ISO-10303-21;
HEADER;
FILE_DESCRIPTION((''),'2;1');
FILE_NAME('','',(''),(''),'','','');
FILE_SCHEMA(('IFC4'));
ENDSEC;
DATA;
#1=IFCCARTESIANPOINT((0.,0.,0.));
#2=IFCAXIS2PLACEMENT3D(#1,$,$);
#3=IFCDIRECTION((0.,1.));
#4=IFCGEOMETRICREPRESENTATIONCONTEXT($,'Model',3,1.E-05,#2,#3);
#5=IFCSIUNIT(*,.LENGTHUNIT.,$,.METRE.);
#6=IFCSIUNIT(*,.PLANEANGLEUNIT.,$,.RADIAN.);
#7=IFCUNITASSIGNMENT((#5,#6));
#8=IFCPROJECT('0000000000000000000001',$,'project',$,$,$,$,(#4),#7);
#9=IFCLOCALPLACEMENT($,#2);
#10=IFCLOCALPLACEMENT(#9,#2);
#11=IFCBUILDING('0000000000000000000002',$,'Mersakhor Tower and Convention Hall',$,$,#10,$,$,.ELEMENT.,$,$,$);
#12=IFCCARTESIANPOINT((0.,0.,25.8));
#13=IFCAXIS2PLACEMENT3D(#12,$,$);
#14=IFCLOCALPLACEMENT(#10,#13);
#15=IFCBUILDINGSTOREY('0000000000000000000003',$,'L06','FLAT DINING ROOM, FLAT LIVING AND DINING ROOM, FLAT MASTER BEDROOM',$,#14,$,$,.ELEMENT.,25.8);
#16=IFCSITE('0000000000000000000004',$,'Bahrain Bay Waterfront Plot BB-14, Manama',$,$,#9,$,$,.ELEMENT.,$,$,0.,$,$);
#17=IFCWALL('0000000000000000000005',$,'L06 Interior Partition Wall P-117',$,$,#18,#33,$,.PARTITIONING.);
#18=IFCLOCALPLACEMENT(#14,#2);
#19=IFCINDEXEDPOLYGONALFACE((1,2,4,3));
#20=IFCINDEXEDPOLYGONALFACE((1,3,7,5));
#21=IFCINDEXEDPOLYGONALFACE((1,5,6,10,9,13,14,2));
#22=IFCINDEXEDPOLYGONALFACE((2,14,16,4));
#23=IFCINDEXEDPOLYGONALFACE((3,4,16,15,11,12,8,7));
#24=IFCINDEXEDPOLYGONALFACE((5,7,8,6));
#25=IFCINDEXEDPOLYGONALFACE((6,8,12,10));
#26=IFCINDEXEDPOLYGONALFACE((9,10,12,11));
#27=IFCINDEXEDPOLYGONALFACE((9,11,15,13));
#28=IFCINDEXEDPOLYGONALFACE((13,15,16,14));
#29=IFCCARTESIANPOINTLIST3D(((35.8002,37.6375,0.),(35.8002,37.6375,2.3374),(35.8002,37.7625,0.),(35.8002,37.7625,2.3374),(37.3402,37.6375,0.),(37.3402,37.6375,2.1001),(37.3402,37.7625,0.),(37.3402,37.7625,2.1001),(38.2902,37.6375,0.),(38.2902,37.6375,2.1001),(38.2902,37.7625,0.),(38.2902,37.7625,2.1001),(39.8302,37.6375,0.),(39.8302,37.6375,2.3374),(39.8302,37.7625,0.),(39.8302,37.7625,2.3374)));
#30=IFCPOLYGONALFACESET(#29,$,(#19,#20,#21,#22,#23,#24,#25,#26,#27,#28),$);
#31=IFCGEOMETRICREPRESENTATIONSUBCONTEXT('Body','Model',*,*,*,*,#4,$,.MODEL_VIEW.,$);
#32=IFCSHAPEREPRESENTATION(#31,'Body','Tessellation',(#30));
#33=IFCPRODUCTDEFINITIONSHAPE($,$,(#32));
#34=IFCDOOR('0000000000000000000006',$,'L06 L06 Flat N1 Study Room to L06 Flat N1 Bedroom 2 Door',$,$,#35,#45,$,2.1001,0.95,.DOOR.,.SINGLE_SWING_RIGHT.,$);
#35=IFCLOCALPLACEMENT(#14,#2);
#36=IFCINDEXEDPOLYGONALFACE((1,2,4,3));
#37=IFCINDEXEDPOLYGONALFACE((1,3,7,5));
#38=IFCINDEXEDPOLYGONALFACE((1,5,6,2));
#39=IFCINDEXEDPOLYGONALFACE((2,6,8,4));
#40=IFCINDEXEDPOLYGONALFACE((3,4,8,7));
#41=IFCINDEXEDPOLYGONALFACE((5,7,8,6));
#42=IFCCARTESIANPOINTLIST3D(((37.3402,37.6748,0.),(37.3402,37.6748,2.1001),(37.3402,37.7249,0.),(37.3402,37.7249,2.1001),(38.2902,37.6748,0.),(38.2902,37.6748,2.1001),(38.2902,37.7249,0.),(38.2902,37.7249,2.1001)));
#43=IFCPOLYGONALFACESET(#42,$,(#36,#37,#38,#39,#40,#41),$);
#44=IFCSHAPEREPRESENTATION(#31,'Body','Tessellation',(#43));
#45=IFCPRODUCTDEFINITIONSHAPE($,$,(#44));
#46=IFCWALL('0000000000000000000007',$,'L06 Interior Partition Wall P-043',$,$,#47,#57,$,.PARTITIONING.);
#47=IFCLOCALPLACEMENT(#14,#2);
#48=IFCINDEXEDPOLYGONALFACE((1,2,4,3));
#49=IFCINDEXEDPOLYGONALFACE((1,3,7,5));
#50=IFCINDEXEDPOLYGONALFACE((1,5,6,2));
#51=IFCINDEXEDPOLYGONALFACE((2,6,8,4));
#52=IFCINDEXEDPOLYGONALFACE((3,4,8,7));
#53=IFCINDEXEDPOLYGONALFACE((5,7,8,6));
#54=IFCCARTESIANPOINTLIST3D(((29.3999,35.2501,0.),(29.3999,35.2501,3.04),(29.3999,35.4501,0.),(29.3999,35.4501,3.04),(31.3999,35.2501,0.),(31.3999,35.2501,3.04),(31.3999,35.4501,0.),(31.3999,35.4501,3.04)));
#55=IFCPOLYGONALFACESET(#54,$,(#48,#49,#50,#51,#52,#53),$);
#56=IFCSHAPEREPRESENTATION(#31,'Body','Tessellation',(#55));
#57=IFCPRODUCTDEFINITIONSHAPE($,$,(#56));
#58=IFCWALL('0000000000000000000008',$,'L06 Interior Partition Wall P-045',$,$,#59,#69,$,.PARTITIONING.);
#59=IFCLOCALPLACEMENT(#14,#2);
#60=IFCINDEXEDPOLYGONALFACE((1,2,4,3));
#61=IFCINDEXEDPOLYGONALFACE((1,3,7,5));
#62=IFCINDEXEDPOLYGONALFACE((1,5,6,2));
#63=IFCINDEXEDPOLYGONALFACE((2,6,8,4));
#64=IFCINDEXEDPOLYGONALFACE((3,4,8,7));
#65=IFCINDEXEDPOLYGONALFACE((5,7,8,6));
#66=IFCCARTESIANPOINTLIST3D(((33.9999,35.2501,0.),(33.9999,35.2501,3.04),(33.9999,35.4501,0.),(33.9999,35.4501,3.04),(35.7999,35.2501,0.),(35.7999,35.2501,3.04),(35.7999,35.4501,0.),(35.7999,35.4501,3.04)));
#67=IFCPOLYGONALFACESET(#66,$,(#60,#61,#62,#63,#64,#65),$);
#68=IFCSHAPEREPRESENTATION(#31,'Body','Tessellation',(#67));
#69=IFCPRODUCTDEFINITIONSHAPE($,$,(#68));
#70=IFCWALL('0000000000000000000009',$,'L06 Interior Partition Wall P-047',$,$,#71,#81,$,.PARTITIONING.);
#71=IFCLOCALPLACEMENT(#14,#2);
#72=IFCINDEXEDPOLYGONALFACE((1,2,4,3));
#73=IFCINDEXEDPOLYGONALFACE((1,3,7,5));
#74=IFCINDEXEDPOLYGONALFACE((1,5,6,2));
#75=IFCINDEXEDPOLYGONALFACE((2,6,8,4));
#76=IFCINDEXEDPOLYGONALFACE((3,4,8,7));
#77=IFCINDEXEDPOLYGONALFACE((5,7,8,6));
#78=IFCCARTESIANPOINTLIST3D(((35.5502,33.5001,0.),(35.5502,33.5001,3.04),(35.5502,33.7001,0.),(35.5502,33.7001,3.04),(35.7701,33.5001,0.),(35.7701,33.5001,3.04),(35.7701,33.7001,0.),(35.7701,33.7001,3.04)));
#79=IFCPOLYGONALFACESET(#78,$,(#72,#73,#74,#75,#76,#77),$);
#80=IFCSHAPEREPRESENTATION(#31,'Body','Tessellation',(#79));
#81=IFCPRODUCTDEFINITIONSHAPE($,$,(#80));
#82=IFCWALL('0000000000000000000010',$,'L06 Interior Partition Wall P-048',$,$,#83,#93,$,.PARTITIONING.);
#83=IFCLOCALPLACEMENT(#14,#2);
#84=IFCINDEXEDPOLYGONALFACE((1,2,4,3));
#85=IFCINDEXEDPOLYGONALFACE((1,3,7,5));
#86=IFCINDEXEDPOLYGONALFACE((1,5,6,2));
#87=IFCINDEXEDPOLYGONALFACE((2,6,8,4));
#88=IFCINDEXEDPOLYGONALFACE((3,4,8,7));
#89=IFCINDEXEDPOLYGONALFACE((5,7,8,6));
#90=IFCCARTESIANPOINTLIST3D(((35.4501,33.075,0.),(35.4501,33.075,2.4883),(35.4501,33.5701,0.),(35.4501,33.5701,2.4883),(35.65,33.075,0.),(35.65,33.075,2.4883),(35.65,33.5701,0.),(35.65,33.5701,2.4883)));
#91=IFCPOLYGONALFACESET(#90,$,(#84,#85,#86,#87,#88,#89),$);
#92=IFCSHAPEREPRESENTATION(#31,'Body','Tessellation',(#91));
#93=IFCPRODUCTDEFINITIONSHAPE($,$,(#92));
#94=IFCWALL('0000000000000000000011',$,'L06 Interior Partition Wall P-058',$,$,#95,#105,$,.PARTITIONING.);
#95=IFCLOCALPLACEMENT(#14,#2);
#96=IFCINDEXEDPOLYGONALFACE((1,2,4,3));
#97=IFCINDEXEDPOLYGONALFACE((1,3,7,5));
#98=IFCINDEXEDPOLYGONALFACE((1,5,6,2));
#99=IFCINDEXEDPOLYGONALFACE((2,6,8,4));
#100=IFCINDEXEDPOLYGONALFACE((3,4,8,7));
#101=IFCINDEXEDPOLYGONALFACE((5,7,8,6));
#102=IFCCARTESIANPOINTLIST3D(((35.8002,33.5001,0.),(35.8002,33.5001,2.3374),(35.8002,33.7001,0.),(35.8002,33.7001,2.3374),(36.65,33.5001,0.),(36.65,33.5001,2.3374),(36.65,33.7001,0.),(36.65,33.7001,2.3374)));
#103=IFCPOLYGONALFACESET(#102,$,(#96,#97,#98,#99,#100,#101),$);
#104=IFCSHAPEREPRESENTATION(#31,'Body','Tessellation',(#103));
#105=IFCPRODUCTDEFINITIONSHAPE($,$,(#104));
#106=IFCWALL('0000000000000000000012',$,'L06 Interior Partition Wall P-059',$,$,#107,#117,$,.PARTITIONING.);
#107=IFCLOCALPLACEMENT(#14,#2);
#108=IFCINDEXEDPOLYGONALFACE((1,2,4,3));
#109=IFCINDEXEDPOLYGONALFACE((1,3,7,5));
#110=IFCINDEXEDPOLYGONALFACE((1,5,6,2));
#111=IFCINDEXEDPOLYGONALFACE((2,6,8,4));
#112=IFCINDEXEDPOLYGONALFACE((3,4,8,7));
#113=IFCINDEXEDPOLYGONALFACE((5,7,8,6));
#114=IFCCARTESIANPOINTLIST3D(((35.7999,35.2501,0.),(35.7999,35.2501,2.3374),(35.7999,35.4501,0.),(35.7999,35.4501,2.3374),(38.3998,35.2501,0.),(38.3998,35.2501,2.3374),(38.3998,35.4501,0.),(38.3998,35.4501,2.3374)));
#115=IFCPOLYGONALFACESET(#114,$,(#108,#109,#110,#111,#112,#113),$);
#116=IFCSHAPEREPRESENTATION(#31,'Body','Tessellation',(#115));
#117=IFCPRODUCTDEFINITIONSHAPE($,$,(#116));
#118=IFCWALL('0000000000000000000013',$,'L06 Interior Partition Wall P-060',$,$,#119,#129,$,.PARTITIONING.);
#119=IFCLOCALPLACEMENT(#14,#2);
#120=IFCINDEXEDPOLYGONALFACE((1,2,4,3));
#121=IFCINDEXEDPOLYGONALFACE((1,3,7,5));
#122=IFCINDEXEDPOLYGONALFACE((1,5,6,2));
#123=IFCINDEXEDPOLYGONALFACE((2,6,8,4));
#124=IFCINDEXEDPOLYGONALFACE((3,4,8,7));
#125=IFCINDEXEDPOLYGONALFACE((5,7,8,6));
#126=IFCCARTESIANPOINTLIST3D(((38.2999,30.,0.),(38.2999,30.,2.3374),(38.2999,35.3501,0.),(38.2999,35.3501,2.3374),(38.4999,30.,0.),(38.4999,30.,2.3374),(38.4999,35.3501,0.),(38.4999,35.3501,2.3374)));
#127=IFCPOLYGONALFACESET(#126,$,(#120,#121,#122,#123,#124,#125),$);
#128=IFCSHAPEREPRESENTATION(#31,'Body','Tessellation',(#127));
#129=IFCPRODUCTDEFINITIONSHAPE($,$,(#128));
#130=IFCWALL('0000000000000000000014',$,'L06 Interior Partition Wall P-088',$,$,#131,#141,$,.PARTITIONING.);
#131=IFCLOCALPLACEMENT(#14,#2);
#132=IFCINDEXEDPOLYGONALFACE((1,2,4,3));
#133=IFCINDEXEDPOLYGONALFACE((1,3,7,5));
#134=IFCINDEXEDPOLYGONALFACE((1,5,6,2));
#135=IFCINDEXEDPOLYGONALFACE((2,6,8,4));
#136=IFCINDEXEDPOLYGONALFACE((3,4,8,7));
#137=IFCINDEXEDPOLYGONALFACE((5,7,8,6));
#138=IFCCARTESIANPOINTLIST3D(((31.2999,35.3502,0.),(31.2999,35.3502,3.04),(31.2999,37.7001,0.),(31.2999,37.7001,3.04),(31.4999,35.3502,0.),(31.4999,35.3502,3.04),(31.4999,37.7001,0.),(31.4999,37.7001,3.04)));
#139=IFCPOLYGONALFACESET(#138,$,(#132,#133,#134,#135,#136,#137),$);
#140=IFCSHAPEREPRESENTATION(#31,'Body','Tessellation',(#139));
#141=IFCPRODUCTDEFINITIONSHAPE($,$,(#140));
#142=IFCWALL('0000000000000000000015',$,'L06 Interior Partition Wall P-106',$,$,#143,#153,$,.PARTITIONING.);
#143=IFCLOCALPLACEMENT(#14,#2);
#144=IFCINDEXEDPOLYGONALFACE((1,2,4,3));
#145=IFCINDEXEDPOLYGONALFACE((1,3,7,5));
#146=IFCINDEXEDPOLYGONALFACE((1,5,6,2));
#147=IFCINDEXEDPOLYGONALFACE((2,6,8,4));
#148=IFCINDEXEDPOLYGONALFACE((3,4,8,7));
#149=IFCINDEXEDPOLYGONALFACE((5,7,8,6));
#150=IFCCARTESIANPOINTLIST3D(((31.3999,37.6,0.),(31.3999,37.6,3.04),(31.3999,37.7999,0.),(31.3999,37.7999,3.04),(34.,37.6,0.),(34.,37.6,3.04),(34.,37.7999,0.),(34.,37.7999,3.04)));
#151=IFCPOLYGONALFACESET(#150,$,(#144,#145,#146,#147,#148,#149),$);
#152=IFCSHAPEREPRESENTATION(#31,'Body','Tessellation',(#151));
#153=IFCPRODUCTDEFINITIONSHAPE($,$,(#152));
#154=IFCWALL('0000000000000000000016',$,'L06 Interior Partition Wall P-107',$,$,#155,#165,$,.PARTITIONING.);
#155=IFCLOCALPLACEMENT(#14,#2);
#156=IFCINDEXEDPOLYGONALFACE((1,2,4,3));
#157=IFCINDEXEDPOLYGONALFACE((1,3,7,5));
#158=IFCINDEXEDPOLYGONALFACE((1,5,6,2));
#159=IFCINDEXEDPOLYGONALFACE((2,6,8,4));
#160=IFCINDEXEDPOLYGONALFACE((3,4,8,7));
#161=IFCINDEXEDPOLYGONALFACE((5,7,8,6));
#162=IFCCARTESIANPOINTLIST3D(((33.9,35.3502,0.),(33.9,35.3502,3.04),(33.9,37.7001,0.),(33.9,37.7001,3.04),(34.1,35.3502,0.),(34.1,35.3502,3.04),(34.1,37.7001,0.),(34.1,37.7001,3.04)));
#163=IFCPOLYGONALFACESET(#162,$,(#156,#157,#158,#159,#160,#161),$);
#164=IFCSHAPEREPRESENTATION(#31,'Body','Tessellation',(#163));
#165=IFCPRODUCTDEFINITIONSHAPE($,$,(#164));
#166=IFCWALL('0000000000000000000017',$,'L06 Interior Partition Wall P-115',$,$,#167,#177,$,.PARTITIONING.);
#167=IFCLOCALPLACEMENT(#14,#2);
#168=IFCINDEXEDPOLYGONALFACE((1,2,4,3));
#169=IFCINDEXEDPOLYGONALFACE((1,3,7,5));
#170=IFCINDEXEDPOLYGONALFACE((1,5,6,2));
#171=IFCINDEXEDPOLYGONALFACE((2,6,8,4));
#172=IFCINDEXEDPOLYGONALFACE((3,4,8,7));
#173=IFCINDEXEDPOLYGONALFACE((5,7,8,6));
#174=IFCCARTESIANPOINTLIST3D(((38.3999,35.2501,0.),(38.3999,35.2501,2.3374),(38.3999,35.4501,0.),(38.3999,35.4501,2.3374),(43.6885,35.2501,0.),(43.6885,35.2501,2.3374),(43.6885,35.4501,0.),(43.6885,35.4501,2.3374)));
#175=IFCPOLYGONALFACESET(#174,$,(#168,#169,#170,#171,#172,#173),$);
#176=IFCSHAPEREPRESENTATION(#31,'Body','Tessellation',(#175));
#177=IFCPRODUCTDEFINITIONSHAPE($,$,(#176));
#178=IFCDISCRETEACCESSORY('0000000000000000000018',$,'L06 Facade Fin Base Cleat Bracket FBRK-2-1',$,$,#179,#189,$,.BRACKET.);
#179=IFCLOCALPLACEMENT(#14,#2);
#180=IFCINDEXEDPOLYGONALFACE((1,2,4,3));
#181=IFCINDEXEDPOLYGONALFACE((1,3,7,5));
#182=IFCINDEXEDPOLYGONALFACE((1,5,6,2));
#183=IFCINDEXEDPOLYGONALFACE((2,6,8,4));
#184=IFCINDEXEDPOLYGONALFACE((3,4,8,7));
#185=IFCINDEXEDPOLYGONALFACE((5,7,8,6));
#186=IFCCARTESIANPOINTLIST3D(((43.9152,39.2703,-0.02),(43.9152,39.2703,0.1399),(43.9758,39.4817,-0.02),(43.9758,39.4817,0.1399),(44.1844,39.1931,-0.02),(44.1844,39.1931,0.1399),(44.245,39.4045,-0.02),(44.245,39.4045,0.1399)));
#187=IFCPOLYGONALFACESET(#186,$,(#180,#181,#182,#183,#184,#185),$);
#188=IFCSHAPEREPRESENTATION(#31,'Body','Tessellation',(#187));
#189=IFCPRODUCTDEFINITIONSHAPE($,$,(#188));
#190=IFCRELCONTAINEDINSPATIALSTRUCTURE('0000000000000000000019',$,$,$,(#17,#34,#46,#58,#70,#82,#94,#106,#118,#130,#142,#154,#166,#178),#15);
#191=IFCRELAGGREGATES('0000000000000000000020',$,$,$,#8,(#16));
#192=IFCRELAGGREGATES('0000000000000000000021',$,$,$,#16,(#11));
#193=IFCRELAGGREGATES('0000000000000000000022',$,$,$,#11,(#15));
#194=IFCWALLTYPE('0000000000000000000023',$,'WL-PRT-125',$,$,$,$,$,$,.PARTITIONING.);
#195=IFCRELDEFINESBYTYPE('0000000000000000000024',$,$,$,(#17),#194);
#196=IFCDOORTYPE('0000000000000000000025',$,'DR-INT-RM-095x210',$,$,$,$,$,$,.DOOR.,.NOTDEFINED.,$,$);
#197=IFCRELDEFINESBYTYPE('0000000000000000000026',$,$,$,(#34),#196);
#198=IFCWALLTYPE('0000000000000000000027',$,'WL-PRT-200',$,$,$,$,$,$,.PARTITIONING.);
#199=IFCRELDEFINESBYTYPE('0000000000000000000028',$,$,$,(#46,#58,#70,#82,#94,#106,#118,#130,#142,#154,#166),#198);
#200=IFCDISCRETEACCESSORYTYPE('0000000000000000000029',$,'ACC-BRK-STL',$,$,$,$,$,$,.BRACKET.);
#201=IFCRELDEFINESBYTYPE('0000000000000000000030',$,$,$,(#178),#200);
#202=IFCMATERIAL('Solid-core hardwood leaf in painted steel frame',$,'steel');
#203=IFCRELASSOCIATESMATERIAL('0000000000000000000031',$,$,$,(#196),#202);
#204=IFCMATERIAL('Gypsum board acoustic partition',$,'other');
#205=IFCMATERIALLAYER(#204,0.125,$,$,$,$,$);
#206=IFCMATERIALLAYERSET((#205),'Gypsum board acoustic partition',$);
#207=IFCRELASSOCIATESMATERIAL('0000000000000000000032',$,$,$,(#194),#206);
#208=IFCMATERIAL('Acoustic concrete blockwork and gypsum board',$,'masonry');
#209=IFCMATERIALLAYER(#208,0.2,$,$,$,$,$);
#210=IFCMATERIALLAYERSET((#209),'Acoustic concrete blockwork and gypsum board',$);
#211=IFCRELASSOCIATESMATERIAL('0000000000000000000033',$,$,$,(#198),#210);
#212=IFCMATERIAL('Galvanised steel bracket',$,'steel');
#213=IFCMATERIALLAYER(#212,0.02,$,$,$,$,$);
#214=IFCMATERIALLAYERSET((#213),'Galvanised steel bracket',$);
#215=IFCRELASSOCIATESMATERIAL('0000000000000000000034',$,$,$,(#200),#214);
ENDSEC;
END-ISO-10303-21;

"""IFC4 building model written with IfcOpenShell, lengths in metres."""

from ifc_helpers import new_model, si_unit, direction, frame, frame_2d, origin, origin_2d, place, context, subcontext, project, spatial, rectangle, extrude, material, layer, layer_set, type_object, element, fill, save


model = new_model("IFC4")

# Units and contexts
model_context = context("Model", 3, precision=1e-05, world=origin(), true_north=direction((0.0, 1.0)))
body_context = subcontext(model_context, "Body", "Model", "MODEL_VIEW")
ifc_project = project(units=[si_unit("LENGTHUNIT", "METRE"), si_unit("PLANEANGLEUNIT", "RADIAN")], contexts=[model_context])

# Site, building, storey
site_placement = place(None, origin())
site = spatial("IfcSite", under=ifc_project, at=site_placement, Name="Bahrain Bay Waterfront Plot BB-14, Manama", CompositionType="ELEMENT", RefElevation=0.0)
building_placement = place(site_placement, origin())
building = spatial("IfcBuilding", under=site, at=building_placement, Name="Mersakhor Tower and Convention Hall", CompositionType="ELEMENT")
storey_placement = place(building_placement, frame((0.0, 0.0, 25.8)))
storey = spatial("IfcBuildingStorey", under=building, at=storey_placement, Name="L06", Description="FLAT DINING ROOM, FLAT LIVING AND DINING ROOM, FLAT MASTER BEDROOM", CompositionType="ELEMENT", Elevation=25.8)

# Shared definitions
ifc_material_1 = material(Name="Solid-core hardwood leaf in painted steel frame", Category="steel")
door_type_1 = type_object("IfcDoorType", Name="DR-INT-RM-095x210", OperationType="NOTDEFINED", PredefinedType="DOOR", material=ifc_material_1)

# Wall, opening, door
ifc_material_2 = material(Name="Gypsum board acoustic partition", Category="other")
ifc_layer_1 = layer(ifc_material_2, 0.125)
ifc_layer_set_1 = layer_set([ifc_layer_1], Name="Gypsum board acoustic partition")
wall_type_1 = type_object("IfcWallType", Name="WL-PRT-125", PredefinedType="PARTITIONING", material=ifc_layer_set_1)
wall_1_placement = place(storey_placement, frame((35.8, 37.7, 0.0), z_axis=(0.0, 0.0, 1.0), x_axis=(1.0, 0.0, 0.0)))
wall_1 = element("IfcWall", 1, at=wall_1_placement, inside=storey, type_object=wall_type_1, Name="L06 Interior Partition Wall P-117", PredefinedType="PARTITIONING", context=body_context, shape_type="SweptSolid", body=[
    extrude(rectangle(XDim=4.03, YDim=0.125, at=frame_2d((2.0151, 0.0))), origin(), (0.0, 0.0, 1.0), 2.3374),
])
opening_1_placement = place(wall_1_placement, frame((1.54, 0.0, 0.0)))
opening_1 = element("IfcOpeningElement", 2, at=opening_1_placement, cuts=wall_1, PredefinedType="OPENING", context=body_context, shape_type="SweptSolid", body=[
    extrude(rectangle(XDim=0.95, YDim=2.1001, at=frame_2d((0.4751, 1.05))), frame((0.0, 0.0725, 0.0), z_axis=(0.0, -1.0, 0.0), x_axis=(1.0, 0.0, 0.0)), (0.0, 0.0, 1.0), 0.145),
])
door_1_placement = place(opening_1_placement, origin())
door_1 = element("IfcDoor", 3, at=door_1_placement, inside=storey, type_object=door_type_1, Name="L06 L06 Flat N1 Study Room to L06 Flat N1 Bedroom 2 Door", OperationType="SINGLE_SWING_RIGHT", OverallHeight=2.1001, OverallWidth=0.95, PredefinedType="DOOR", context=body_context, shape_type="SweptSolid", body=[
    extrude(rectangle(XDim=0.95, YDim=2.1001, at=frame_2d((0.4751, 1.05))), frame((0.0, 0.0249, 0.0), z_axis=(0.0, -1.0, 0.0), x_axis=(1.0, 0.0, 0.0)), (0.0, 0.0, 1.0), 0.05),
])
fill(opening_1, door_1)

# Wall
ifc_material_3 = material(Name="Acoustic concrete blockwork and gypsum board", Category="masonry")
ifc_layer_2 = layer(ifc_material_3, 0.2)
ifc_layer_set_2 = layer_set([ifc_layer_2], Name="Acoustic concrete blockwork and gypsum board")
wall_type_2 = type_object("IfcWallType", Name="WL-PRT-200", PredefinedType="PARTITIONING", material=ifc_layer_set_2)
wall_2_placement = place(storey_placement, frame((29.3999, 35.3501, 0.0), z_axis=(0.0, 0.0, 1.0), x_axis=(1.0, 0.0, 0.0)))
element("IfcWall", 4, at=wall_2_placement, inside=storey, type_object=wall_type_2, Name="L06 Interior Partition Wall P-043", PredefinedType="PARTITIONING", context=body_context, shape_type="SweptSolid", body=[
    extrude(rectangle(XDim=2.0, YDim=0.2, at=frame_2d((1.0, 0.0))), origin(), (0.0, 0.0, 1.0), 3.04),
])

# Wall
wall_3_placement = place(storey_placement, frame((34.0, 35.3501, 0.0), z_axis=(0.0, 0.0, 1.0), x_axis=(1.0, 0.0, 0.0)))
element("IfcWall", 5, at=wall_3_placement, inside=storey, type_object=wall_type_2, Name="L06 Interior Partition Wall P-045", PredefinedType="PARTITIONING", context=body_context, shape_type="SweptSolid", body=[
    extrude(rectangle(XDim=1.8, YDim=0.2, at=frame_2d((0.8999, 0.0))), origin(), (0.0, 0.0, 1.0), 3.04),
])

# Walls
wall_4_placement = place(storey_placement, frame((35.77, 33.6001, 0.0), z_axis=(0.0, 0.0, 1.0), x_axis=(-1.0, 0.0, 0.0)))
element("IfcWall", 6, at=wall_4_placement, inside=storey, type_object=wall_type_2, Name="L06 Interior Partition Wall P-047", PredefinedType="PARTITIONING", context=body_context, shape_type="SweptSolid", body=[
    extrude(rectangle(XDim=0.22, YDim=0.2, at=frame_2d((0.1099, 0.0))), origin(), (0.0, 0.0, 1.0), 3.04),
])
wall_5_placement = place(storey_placement, frame((35.55, 33.5701, 0.0), z_axis=(0.0, 0.0, 1.0), x_axis=(0.0, -1.0, 0.0)))
element("IfcWall", 7, at=wall_5_placement, inside=storey, type_object=wall_type_2, Name="L06 Interior Partition Wall P-048", PredefinedType="PARTITIONING", context=body_context, shape_type="SweptSolid", body=[
    extrude(rectangle(XDim=0.4951, YDim=0.2, at=frame_2d((0.2476, 0.0))), origin(), (0.0, 0.0, 1.0), 2.4883),
])
wall_6_placement = place(storey_placement, frame((36.6499, 33.6001, 0.0), z_axis=(0.0, 0.0, 1.0), x_axis=(-1.0, 0.0, 0.0)))
element("IfcWall", 8, at=wall_6_placement, inside=storey, type_object=wall_type_2, Name="L06 Interior Partition Wall P-058", PredefinedType="PARTITIONING", context=body_context, shape_type="SweptSolid", body=[
    extrude(rectangle(XDim=0.8499, YDim=0.2, at=frame_2d((0.4248, 0.0))), origin(), (0.0, 0.0, 1.0), 2.3374),
])
wall_7_placement = place(storey_placement, frame((35.8, 35.3501, 0.0), z_axis=(0.0, 0.0, 1.0), x_axis=(1.0, 0.0, 0.0)))
element("IfcWall", 9, at=wall_7_placement, inside=storey, type_object=wall_type_2, Name="L06 Interior Partition Wall P-059", PredefinedType="PARTITIONING", context=body_context, shape_type="SweptSolid", body=[
    extrude(rectangle(XDim=2.5999, YDim=0.2, at=frame_2d((1.2998, 0.0))), origin(), (0.0, 0.0, 1.0), 2.3374),
])
wall_8_placement = place(storey_placement, frame((38.3999, 35.3501, 0.0), z_axis=(0.0, 0.0, 1.0), x_axis=(0.0, -1.0, 0.0)))
element("IfcWall", 10, at=wall_8_placement, inside=storey, type_object=wall_type_2, Name="L06 Interior Partition Wall P-060", PredefinedType="PARTITIONING", context=body_context, shape_type="SweptSolid", body=[
    extrude(rectangle(XDim=5.3501, YDim=0.2, at=frame_2d((2.675, 0.0))), origin(), (0.0, 0.0, 1.0), 2.3374),
])
wall_9_placement = place(storey_placement, frame((31.3999, 37.7, 0.0), z_axis=(0.0, 0.0, 1.0), x_axis=(0.0, -1.0, 0.0)))
element("IfcWall", 11, at=wall_9_placement, inside=storey, type_object=wall_type_2, Name="L06 Interior Partition Wall P-088", PredefinedType="PARTITIONING", context=body_context, shape_type="SweptSolid", body=[
    extrude(rectangle(XDim=2.3499, YDim=0.2, at=frame_2d((1.1748, 0.0))), origin(), (0.0, 0.0, 1.0), 3.04),
])
wall_10_placement = place(storey_placement, frame((31.3999, 37.7, 0.0), z_axis=(0.0, 0.0, 1.0), x_axis=(1.0, 0.0, 0.0)))
element("IfcWall", 12, at=wall_10_placement, inside=storey, type_object=wall_type_2, Name="L06 Interior Partition Wall P-106", PredefinedType="PARTITIONING", context=body_context, shape_type="SweptSolid", body=[
    extrude(rectangle(XDim=2.6001, YDim=0.2, at=frame_2d((1.3, 0.0))), origin(), (0.0, 0.0, 1.0), 3.04),
])
wall_11_placement = place(storey_placement, frame((34.0, 37.7, 0.0), z_axis=(0.0, 0.0, 1.0), x_axis=(0.0, -1.0, 0.0)))
element("IfcWall", 13, at=wall_11_placement, inside=storey, type_object=wall_type_2, Name="L06 Interior Partition Wall P-107", PredefinedType="PARTITIONING", context=body_context, shape_type="SweptSolid", body=[
    extrude(rectangle(XDim=2.3499, YDim=0.2, at=frame_2d((1.1748, 0.0))), origin(), (0.0, 0.0, 1.0), 3.04),
])
wall_12_placement = place(storey_placement, frame((43.6885, 35.3501, 0.0), z_axis=(0.0, 0.0, 1.0), x_axis=(-1.0, 0.0, 0.0)))
element("IfcWall", 14, at=wall_12_placement, inside=storey, type_object=wall_type_2, Name="L06 Interior Partition Wall P-115", PredefinedType="PARTITIONING", context=body_context, shape_type="SweptSolid", body=[
    extrude(rectangle(XDim=5.2886, YDim=0.2, at=frame_2d((2.6443, 0.0))), origin(), (0.0, 0.0, 1.0), 2.3374),
])

# Discrete accessory
ifc_material_4 = material(Name="Galvanised steel bracket", Category="steel")
ifc_layer_3 = layer(ifc_material_4, 0.02)
ifc_layer_set_3 = layer_set([ifc_layer_3], Name="Galvanised steel bracket")
discrete_accessory_type = type_object("IfcDiscreteAccessoryType", Name="ACC-BRK-STL", PredefinedType="BRACKET", material=ifc_layer_set_3)
discrete_accessory_placement = place(storey_placement, frame((44.0801, 39.3374, -0.02), z_axis=(0.0, 0.0, 1.0), x_axis=(0.961262, -0.275637, 0.0)))
element("IfcDiscreteAccessory", 15, at=discrete_accessory_placement, inside=storey, type_object=discrete_accessory_type, Name="L06 Facade Fin Base Cleat Bracket FBRK-2-1", PredefinedType="BRACKET", context=body_context, shape_type="SweptSolid", body=[
    extrude(rectangle(XDim=0.28, YDim=0.22, at=origin_2d()), origin(), (0.0, 0.0, 1.0), 0.1599),
])

save(model, "model.ifc")
